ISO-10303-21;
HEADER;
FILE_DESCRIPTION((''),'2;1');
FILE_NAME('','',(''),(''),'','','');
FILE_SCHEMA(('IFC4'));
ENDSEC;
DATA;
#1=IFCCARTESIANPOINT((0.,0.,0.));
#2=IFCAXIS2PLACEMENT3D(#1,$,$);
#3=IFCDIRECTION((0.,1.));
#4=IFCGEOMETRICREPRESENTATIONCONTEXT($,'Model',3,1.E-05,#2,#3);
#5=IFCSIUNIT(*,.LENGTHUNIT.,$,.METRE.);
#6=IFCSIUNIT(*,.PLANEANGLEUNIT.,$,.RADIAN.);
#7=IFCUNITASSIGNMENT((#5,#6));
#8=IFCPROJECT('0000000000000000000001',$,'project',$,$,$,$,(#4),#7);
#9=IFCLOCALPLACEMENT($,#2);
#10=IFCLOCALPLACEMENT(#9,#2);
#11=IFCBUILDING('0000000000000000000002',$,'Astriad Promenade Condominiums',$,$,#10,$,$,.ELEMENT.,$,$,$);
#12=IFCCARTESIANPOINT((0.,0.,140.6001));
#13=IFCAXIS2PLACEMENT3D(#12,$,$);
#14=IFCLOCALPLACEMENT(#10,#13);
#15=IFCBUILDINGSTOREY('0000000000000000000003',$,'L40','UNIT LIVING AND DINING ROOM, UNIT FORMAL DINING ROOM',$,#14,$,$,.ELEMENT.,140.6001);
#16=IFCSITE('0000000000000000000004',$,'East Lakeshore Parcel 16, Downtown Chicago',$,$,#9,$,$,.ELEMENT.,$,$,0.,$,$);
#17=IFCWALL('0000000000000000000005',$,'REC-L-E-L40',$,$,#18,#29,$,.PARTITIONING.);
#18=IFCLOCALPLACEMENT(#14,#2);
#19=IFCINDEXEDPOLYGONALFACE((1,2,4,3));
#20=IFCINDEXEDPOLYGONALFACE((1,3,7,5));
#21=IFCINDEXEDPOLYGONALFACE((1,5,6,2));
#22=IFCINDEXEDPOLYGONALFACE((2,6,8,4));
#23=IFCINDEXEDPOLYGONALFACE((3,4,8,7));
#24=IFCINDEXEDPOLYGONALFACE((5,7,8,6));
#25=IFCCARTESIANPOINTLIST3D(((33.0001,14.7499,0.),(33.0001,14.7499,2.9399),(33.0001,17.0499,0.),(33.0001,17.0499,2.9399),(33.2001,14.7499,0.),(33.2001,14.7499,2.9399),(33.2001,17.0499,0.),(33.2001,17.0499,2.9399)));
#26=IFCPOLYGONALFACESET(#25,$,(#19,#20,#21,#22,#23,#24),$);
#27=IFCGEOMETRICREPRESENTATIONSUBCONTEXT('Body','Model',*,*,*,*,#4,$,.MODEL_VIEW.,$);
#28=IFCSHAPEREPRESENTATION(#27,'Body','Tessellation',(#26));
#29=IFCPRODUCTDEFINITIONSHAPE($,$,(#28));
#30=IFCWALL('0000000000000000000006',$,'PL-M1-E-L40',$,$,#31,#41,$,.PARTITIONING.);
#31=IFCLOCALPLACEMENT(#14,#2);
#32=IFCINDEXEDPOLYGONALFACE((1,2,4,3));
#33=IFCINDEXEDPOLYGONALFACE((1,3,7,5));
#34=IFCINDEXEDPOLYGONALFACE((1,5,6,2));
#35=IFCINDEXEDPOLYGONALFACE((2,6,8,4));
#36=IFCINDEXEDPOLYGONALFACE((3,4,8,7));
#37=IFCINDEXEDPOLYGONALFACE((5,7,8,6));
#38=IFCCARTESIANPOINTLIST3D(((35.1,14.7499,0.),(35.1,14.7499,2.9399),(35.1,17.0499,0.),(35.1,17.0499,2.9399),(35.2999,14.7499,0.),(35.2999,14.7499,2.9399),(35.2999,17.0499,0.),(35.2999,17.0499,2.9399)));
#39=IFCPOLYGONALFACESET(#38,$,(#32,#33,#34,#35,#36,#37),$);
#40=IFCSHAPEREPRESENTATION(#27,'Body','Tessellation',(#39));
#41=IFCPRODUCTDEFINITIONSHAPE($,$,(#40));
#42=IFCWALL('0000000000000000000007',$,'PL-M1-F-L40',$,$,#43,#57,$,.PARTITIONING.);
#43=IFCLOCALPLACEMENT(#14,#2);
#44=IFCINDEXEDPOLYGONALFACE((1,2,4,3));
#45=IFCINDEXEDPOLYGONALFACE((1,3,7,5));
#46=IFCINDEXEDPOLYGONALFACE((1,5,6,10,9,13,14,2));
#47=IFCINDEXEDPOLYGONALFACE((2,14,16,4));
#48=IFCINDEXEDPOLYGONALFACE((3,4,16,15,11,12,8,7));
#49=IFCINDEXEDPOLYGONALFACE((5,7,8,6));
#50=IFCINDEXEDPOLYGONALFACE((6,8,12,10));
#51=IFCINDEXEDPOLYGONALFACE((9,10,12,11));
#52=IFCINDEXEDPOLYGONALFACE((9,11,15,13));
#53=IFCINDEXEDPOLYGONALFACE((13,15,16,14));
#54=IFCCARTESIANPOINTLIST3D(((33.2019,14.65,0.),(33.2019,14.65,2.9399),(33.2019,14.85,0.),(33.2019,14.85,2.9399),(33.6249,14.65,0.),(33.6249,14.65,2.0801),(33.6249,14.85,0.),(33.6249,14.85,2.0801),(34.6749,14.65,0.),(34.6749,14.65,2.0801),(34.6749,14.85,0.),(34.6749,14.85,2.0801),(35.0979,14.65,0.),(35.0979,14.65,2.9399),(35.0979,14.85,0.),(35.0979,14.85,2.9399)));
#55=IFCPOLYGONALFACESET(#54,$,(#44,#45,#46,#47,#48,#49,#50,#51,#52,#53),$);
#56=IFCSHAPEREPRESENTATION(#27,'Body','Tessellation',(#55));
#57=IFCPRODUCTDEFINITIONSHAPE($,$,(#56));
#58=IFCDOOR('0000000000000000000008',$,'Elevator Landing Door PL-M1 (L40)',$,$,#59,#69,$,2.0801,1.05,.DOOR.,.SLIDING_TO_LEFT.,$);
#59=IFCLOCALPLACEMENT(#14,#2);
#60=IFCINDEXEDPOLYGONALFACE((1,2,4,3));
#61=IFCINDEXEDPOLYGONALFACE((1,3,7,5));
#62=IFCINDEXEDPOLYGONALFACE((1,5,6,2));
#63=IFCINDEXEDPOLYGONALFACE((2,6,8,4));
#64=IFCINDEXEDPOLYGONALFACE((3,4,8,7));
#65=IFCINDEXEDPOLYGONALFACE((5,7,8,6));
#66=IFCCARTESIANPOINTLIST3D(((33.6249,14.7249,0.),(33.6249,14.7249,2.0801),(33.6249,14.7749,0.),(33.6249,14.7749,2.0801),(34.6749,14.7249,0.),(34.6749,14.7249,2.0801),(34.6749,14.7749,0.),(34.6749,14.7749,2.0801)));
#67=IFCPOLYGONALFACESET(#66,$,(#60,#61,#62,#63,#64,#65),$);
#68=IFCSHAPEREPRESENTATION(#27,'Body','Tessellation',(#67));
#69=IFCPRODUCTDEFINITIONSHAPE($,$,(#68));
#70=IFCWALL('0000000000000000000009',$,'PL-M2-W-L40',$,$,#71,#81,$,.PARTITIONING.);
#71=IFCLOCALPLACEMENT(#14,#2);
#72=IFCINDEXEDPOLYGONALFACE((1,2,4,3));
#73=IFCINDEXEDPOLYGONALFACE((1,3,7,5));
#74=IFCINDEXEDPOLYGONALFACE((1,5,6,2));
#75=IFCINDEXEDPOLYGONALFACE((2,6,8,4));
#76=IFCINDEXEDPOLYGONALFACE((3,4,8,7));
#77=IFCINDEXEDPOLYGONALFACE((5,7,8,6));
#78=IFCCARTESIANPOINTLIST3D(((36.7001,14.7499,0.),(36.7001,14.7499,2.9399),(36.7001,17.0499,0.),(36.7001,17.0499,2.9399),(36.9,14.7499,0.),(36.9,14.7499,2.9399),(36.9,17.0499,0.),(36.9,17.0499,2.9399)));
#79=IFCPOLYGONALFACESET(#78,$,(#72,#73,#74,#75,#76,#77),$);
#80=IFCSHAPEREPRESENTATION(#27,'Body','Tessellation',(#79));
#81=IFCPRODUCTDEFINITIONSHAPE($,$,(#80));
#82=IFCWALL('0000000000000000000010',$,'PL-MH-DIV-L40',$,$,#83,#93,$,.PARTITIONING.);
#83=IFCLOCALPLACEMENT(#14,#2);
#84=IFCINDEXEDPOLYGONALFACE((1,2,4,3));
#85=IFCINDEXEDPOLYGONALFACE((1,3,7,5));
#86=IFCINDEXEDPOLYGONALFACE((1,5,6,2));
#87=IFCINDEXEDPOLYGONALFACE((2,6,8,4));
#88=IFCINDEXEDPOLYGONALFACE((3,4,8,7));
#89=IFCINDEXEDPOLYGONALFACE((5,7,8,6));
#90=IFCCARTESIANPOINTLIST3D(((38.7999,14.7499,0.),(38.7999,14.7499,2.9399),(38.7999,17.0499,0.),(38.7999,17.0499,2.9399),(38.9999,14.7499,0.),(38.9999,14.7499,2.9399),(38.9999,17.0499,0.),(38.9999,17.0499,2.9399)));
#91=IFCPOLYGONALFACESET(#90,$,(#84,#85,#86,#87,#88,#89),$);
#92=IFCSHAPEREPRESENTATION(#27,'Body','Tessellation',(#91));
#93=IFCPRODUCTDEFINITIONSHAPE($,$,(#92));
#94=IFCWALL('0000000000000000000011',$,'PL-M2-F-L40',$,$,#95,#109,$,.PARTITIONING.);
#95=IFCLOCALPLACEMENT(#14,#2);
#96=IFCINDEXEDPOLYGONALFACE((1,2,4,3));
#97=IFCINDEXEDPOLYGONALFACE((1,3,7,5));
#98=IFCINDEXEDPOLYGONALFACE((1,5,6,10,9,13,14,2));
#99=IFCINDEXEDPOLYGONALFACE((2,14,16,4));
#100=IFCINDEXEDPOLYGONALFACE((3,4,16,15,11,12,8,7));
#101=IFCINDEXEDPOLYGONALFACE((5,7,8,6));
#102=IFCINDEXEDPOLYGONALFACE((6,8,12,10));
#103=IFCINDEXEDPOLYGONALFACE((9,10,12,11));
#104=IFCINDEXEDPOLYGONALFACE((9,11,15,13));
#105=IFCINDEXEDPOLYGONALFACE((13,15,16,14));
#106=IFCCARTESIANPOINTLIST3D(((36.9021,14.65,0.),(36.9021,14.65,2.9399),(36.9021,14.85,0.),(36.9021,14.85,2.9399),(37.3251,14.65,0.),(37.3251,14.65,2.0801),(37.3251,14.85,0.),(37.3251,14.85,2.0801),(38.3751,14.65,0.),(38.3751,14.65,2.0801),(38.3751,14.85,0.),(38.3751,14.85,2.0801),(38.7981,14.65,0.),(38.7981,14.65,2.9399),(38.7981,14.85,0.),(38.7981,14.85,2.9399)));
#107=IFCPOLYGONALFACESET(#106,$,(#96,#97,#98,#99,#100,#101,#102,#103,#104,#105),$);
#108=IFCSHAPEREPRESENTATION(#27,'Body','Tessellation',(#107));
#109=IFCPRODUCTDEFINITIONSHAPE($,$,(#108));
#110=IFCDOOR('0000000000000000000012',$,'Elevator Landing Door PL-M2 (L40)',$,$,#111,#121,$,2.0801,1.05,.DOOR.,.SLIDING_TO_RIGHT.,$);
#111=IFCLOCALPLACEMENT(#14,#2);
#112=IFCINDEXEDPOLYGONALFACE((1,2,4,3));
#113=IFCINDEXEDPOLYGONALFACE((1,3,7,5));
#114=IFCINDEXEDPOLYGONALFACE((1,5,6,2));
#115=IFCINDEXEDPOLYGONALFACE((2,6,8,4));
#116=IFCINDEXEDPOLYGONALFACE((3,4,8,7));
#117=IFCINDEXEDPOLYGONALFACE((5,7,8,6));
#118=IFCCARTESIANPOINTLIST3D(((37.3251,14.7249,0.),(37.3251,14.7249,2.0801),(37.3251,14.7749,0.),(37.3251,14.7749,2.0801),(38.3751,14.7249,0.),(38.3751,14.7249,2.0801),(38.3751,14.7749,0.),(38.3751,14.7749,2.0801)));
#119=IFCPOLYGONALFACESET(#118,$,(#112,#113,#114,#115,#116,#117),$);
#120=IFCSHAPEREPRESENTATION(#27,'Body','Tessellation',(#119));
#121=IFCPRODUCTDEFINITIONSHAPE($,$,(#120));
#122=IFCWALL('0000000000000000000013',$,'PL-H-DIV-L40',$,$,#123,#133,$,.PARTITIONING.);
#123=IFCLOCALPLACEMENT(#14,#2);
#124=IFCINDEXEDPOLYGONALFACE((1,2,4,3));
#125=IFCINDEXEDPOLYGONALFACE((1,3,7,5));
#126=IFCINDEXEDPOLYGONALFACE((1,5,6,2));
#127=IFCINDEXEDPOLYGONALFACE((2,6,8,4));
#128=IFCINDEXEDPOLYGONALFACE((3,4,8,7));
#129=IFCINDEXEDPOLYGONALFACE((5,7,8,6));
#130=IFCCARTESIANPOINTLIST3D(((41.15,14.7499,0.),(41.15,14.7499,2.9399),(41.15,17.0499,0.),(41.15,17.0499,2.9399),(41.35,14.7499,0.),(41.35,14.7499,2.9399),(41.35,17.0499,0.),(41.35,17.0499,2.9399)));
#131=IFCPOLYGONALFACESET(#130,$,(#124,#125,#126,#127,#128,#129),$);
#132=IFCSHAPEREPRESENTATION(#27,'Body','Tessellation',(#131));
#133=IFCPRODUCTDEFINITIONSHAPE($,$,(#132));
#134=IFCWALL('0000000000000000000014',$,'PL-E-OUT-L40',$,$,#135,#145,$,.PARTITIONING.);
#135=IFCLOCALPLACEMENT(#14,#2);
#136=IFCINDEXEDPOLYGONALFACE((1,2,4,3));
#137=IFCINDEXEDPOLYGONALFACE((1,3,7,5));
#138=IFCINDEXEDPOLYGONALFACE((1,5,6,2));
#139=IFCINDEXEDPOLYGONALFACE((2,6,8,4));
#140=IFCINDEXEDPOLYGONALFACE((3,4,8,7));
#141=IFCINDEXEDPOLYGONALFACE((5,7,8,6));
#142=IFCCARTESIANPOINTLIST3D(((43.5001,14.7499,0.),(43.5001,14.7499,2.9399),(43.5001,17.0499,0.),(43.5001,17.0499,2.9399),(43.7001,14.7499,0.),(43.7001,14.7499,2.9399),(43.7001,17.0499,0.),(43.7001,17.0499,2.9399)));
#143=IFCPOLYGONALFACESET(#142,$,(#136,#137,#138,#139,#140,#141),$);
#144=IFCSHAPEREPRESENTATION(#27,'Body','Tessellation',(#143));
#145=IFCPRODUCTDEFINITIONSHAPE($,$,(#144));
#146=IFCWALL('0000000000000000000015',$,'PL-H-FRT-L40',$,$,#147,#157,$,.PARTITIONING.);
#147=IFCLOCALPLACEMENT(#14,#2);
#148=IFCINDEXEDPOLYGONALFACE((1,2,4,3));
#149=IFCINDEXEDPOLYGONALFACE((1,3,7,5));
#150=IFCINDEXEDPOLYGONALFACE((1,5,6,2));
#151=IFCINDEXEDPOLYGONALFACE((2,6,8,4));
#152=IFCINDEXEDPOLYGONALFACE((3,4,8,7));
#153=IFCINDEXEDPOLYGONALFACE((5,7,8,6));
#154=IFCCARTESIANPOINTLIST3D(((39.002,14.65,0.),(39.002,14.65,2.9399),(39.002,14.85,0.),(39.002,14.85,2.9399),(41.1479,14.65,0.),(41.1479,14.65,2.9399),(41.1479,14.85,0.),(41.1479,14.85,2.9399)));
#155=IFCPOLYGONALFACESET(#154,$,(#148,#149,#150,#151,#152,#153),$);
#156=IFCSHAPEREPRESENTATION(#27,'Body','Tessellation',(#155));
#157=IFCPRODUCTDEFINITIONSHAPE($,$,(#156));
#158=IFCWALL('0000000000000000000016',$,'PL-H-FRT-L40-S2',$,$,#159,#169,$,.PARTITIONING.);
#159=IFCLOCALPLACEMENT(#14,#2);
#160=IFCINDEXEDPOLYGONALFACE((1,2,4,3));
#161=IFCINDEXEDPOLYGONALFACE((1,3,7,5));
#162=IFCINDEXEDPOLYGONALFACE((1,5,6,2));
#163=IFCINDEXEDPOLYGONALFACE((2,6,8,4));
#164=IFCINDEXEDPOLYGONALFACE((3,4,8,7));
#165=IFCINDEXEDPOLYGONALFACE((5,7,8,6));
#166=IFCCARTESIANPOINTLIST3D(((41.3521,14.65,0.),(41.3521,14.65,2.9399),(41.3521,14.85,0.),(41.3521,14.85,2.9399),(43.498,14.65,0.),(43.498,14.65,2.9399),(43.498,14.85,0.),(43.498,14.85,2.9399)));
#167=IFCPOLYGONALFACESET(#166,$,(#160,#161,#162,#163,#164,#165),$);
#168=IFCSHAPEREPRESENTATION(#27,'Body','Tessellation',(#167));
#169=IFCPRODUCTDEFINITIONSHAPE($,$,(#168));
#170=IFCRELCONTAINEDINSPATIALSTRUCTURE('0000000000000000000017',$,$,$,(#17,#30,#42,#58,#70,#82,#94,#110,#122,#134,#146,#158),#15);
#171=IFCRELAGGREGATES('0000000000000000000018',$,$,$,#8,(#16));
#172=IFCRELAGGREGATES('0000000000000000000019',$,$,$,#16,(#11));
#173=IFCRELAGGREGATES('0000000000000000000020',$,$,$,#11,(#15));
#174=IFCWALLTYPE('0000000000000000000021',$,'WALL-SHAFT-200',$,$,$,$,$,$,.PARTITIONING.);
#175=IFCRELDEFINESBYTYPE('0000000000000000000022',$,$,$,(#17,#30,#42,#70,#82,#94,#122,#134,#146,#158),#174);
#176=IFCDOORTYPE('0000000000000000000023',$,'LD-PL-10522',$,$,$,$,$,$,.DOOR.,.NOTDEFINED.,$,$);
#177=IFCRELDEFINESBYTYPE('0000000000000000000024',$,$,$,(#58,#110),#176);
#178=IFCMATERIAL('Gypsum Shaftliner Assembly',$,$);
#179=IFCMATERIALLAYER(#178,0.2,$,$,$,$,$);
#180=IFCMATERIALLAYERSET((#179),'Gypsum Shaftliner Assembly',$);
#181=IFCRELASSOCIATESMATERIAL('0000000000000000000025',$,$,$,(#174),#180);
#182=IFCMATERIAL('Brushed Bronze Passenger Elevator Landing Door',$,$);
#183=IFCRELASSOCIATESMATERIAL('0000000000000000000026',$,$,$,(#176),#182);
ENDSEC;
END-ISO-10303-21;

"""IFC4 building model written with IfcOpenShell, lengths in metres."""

from ifc_helpers import new_model, si_unit, direction, frame, frame_2d, origin, place, context, subcontext, project, spatial, rectangle, extrude, source, transform, mapped, material, layer, layer_set, type_object, type_shapes, element, fill, save


model = new_model("IFC4")

# Units and contexts
model_context = context("Model", 3, precision=1e-05, world=origin(), true_north=direction((0.0, 1.0)))
body_context = subcontext(model_context, "Body", "Model", "MODEL_VIEW")
ifc_project = project(units=[si_unit("LENGTHUNIT", "METRE"), si_unit("PLANEANGLEUNIT", "RADIAN")], contexts=[model_context])

# Site, building, storey
site_placement = place(None, origin())
site = spatial("IfcSite", under=ifc_project, at=site_placement, Name="East Lakeshore Parcel 16, Downtown Chicago", CompositionType="ELEMENT", RefElevation=0.0)
building_placement = place(site_placement, origin())
building = spatial("IfcBuilding", under=site, at=building_placement, Name="Astriad Promenade Condominiums", CompositionType="ELEMENT")
storey_placement = place(building_placement, frame((0.0, 0.0, 140.6001)))
storey = spatial("IfcBuildingStorey", under=building, at=storey_placement, Name="L40", Description="UNIT LIVING AND DINING ROOM, UNIT FORMAL DINING ROOM", CompositionType="ELEMENT", Elevation=140.6001)

# Walls
ifc_material_1 = material(Name="Gypsum Shaftliner Assembly")
ifc_layer_1 = layer(ifc_material_1, 0.2)
ifc_layer_set_1 = layer_set([ifc_layer_1], Name="Gypsum Shaftliner Assembly")
wall_type_1 = type_object("IfcWallType", Name="WALL-SHAFT-200", PredefinedType="PARTITIONING", material=ifc_layer_set_1)
for number, where, z_axis, x_axis, name in (
    (1, (33.1001, 14.75, 0.0), (0.0, 0.0, 1.0), (0.0, 1.0, 0.0), "REC-L-E-L40"),
    (2, (35.2, 14.75, 0.0), (0.0, 0.0, 1.0), (0.0, 1.0, 0.0), "PL-M1-E-L40"),
):
    element("IfcWall", number, at=place(storey_placement, frame(where, z_axis=z_axis, x_axis=x_axis)), inside=storey, type_object=wall_type_1, Name=name, PredefinedType="PARTITIONING", context=body_context, shape_type="SweptSolid", body=[
        extrude(rectangle(XDim=2.3, YDim=0.2, at=frame_2d((1.1499, 0.0))), origin(), (0.0, 0.0, 1.0), 2.9399),
    ])

# Wall, opening, door
wall_1_placement = place(storey_placement, frame((33.2019, 14.75, 0.0), z_axis=(0.0, 0.0, 1.0), x_axis=(1.0, 0.0, 0.0)))
wall_1 = element("IfcWall", 3, at=wall_1_placement, inside=storey, type_object=wall_type_1, Name="PL-M1-F-L40", PredefinedType="PARTITIONING", context=body_context, shape_type="SweptSolid", body=[
    extrude(rectangle(XDim=1.896, YDim=0.2, at=frame_2d((0.948, 0.0))), origin(), (0.0, 0.0, 1.0), 2.9399),
])
opening_1_placement = place(wall_1_placement, frame((0.4231, 0.0, 0.0)))
opening_1 = element("IfcOpeningElement", 4, at=opening_1_placement, cuts=wall_1, PredefinedType="OPENING", context=body_context, shape_type="SweptSolid", body=[
    extrude(rectangle(XDim=1.05, YDim=2.0801, at=frame_2d((0.5249, 1.04))), frame((0.0, 0.1099, 0.0), z_axis=(0.0, -1.0, 0.0), x_axis=(1.0, 0.0, 0.0)), (0.0, 0.0, 1.0), 0.22),
])
ifc_material_2 = material(Name="Brushed Bronze Passenger Elevator Landing Door")
door_type = type_object("IfcDoorType", Name="LD-PL-10522", OperationType="NOTDEFINED", PredefinedType="DOOR", material=ifc_material_2)
shared_shape_1 = source(origin(), body_context, "Body", "SweptSolid", [
    extrude(rectangle(XDim=1.05, YDim=2.0801, at=frame_2d((0.5249, 1.04))), frame((0.0, 0.0249, 0.0), z_axis=(0.0, -1.0, 0.0), x_axis=(1.0, 0.0, 0.0)), (0.0, 0.0, 1.0), 0.05),
])
type_shapes(door_type, [shared_shape_1])
door_1_placement = place(opening_1_placement, origin())
door_1 = element("IfcDoor", 5, at=door_1_placement, inside=storey, type_object=door_type, Name="Elevator Landing Door PL-M1 (L40)", OperationType="SLIDING_TO_LEFT", OverallHeight=2.0801, OverallWidth=1.05, PredefinedType="DOOR", context=body_context, shape_type="MappedRepresentation", body=[
    mapped(shared_shape_1, transform((0.0, 0.0, 0.0), scale=1.0)),
])
fill(opening_1, door_1)

# Walls
for number, where, z_axis, x_axis, name in (
    (6, (36.8, 14.75, 0.0), (0.0, 0.0, 1.0), (0.0, 1.0, 0.0), "PL-M2-W-L40"),
    (7, (38.8999, 14.75, 0.0), (0.0, 0.0, 1.0), (0.0, 1.0, 0.0), "PL-MH-DIV-L40"),
):
    element("IfcWall", number, at=place(storey_placement, frame(where, z_axis=z_axis, x_axis=x_axis)), inside=storey, type_object=wall_type_1, Name=name, PredefinedType="PARTITIONING", context=body_context, shape_type="SweptSolid", body=[
        extrude(rectangle(XDim=2.3, YDim=0.2, at=frame_2d((1.1499, 0.0))), origin(), (0.0, 0.0, 1.0), 2.9399),
    ])

# Wall, opening, door
wall_2_placement = place(storey_placement, frame((36.9021, 14.75, 0.0), z_axis=(0.0, 0.0, 1.0), x_axis=(1.0, 0.0, 0.0)))
wall_2 = element("IfcWall", 8, at=wall_2_placement, inside=storey, type_object=wall_type_1, Name="PL-M2-F-L40", PredefinedType="PARTITIONING", context=body_context, shape_type="SweptSolid", body=[
    extrude(rectangle(XDim=1.896, YDim=0.2, at=frame_2d((0.948, 0.0))), origin(), (0.0, 0.0, 1.0), 2.9399),
])
opening_2_placement = place(wall_2_placement, frame((0.4231, 0.0, 0.0)))
opening_2 = element("IfcOpeningElement", 9, at=opening_2_placement, cuts=wall_2, PredefinedType="OPENING", context=body_context, shape_type="SweptSolid", body=[
    extrude(rectangle(XDim=1.05, YDim=2.0801, at=frame_2d((0.5249, 1.04))), frame((0.0, 0.1099, 0.0), z_axis=(0.0, -1.0, 0.0), x_axis=(1.0, 0.0, 0.0)), (0.0, 0.0, 1.0), 0.22),
])
door_2_placement = place(opening_2_placement, origin())
door_2 = element("IfcDoor", 10, at=door_2_placement, inside=storey, type_object=door_type, Name="Elevator Landing Door PL-M2 (L40)", OperationType="SLIDING_TO_RIGHT", OverallHeight=2.0801, OverallWidth=1.05, PredefinedType="DOOR", context=body_context, shape_type="MappedRepresentation", body=[
    mapped(shared_shape_1, transform((0.0, 0.0, 0.0), scale=1.0)),
])
fill(opening_2, door_2)

# Walls
for number, where, z_axis, x_axis, name in (
    (11, (41.25, 14.75, 0.0), (0.0, 0.0, 1.0), (0.0, 1.0, 0.0), "PL-H-DIV-L40"),
    (12, (43.6001, 14.75, 0.0), (0.0, 0.0, 1.0), (0.0, 1.0, 0.0), "PL-E-OUT-L40"),
):
    element("IfcWall", number, at=place(storey_placement, frame(where, z_axis=z_axis, x_axis=x_axis)), inside=storey, type_object=wall_type_1, Name=name, PredefinedType="PARTITIONING", context=body_context, shape_type="SweptSolid", body=[
        extrude(rectangle(XDim=2.3, YDim=0.2, at=frame_2d((1.1499, 0.0))), origin(), (0.0, 0.0, 1.0), 2.9399),
    ])
for number, where, z_axis, x_axis, name in (
    (13, (39.002, 14.75, 0.0), (0.0, 0.0, 1.0), (1.0, 0.0, 0.0), "PL-H-FRT-L40"),
    (14, (41.3521, 14.75, 0.0), (0.0, 0.0, 1.0), (1.0, 0.0, 0.0), "PL-H-FRT-L40-S2"),
):
    element("IfcWall", number, at=place(storey_placement, frame(where, z_axis=z_axis, x_axis=x_axis)), inside=storey, type_object=wall_type_1, Name=name, PredefinedType="PARTITIONING", context=body_context, shape_type="SweptSolid", body=[
        extrude(rectangle(XDim=2.146, YDim=0.2, at=frame_2d((1.073, 0.0))), origin(), (0.0, 0.0, 1.0), 2.9399),
    ])

save(model, "model.ifc")
